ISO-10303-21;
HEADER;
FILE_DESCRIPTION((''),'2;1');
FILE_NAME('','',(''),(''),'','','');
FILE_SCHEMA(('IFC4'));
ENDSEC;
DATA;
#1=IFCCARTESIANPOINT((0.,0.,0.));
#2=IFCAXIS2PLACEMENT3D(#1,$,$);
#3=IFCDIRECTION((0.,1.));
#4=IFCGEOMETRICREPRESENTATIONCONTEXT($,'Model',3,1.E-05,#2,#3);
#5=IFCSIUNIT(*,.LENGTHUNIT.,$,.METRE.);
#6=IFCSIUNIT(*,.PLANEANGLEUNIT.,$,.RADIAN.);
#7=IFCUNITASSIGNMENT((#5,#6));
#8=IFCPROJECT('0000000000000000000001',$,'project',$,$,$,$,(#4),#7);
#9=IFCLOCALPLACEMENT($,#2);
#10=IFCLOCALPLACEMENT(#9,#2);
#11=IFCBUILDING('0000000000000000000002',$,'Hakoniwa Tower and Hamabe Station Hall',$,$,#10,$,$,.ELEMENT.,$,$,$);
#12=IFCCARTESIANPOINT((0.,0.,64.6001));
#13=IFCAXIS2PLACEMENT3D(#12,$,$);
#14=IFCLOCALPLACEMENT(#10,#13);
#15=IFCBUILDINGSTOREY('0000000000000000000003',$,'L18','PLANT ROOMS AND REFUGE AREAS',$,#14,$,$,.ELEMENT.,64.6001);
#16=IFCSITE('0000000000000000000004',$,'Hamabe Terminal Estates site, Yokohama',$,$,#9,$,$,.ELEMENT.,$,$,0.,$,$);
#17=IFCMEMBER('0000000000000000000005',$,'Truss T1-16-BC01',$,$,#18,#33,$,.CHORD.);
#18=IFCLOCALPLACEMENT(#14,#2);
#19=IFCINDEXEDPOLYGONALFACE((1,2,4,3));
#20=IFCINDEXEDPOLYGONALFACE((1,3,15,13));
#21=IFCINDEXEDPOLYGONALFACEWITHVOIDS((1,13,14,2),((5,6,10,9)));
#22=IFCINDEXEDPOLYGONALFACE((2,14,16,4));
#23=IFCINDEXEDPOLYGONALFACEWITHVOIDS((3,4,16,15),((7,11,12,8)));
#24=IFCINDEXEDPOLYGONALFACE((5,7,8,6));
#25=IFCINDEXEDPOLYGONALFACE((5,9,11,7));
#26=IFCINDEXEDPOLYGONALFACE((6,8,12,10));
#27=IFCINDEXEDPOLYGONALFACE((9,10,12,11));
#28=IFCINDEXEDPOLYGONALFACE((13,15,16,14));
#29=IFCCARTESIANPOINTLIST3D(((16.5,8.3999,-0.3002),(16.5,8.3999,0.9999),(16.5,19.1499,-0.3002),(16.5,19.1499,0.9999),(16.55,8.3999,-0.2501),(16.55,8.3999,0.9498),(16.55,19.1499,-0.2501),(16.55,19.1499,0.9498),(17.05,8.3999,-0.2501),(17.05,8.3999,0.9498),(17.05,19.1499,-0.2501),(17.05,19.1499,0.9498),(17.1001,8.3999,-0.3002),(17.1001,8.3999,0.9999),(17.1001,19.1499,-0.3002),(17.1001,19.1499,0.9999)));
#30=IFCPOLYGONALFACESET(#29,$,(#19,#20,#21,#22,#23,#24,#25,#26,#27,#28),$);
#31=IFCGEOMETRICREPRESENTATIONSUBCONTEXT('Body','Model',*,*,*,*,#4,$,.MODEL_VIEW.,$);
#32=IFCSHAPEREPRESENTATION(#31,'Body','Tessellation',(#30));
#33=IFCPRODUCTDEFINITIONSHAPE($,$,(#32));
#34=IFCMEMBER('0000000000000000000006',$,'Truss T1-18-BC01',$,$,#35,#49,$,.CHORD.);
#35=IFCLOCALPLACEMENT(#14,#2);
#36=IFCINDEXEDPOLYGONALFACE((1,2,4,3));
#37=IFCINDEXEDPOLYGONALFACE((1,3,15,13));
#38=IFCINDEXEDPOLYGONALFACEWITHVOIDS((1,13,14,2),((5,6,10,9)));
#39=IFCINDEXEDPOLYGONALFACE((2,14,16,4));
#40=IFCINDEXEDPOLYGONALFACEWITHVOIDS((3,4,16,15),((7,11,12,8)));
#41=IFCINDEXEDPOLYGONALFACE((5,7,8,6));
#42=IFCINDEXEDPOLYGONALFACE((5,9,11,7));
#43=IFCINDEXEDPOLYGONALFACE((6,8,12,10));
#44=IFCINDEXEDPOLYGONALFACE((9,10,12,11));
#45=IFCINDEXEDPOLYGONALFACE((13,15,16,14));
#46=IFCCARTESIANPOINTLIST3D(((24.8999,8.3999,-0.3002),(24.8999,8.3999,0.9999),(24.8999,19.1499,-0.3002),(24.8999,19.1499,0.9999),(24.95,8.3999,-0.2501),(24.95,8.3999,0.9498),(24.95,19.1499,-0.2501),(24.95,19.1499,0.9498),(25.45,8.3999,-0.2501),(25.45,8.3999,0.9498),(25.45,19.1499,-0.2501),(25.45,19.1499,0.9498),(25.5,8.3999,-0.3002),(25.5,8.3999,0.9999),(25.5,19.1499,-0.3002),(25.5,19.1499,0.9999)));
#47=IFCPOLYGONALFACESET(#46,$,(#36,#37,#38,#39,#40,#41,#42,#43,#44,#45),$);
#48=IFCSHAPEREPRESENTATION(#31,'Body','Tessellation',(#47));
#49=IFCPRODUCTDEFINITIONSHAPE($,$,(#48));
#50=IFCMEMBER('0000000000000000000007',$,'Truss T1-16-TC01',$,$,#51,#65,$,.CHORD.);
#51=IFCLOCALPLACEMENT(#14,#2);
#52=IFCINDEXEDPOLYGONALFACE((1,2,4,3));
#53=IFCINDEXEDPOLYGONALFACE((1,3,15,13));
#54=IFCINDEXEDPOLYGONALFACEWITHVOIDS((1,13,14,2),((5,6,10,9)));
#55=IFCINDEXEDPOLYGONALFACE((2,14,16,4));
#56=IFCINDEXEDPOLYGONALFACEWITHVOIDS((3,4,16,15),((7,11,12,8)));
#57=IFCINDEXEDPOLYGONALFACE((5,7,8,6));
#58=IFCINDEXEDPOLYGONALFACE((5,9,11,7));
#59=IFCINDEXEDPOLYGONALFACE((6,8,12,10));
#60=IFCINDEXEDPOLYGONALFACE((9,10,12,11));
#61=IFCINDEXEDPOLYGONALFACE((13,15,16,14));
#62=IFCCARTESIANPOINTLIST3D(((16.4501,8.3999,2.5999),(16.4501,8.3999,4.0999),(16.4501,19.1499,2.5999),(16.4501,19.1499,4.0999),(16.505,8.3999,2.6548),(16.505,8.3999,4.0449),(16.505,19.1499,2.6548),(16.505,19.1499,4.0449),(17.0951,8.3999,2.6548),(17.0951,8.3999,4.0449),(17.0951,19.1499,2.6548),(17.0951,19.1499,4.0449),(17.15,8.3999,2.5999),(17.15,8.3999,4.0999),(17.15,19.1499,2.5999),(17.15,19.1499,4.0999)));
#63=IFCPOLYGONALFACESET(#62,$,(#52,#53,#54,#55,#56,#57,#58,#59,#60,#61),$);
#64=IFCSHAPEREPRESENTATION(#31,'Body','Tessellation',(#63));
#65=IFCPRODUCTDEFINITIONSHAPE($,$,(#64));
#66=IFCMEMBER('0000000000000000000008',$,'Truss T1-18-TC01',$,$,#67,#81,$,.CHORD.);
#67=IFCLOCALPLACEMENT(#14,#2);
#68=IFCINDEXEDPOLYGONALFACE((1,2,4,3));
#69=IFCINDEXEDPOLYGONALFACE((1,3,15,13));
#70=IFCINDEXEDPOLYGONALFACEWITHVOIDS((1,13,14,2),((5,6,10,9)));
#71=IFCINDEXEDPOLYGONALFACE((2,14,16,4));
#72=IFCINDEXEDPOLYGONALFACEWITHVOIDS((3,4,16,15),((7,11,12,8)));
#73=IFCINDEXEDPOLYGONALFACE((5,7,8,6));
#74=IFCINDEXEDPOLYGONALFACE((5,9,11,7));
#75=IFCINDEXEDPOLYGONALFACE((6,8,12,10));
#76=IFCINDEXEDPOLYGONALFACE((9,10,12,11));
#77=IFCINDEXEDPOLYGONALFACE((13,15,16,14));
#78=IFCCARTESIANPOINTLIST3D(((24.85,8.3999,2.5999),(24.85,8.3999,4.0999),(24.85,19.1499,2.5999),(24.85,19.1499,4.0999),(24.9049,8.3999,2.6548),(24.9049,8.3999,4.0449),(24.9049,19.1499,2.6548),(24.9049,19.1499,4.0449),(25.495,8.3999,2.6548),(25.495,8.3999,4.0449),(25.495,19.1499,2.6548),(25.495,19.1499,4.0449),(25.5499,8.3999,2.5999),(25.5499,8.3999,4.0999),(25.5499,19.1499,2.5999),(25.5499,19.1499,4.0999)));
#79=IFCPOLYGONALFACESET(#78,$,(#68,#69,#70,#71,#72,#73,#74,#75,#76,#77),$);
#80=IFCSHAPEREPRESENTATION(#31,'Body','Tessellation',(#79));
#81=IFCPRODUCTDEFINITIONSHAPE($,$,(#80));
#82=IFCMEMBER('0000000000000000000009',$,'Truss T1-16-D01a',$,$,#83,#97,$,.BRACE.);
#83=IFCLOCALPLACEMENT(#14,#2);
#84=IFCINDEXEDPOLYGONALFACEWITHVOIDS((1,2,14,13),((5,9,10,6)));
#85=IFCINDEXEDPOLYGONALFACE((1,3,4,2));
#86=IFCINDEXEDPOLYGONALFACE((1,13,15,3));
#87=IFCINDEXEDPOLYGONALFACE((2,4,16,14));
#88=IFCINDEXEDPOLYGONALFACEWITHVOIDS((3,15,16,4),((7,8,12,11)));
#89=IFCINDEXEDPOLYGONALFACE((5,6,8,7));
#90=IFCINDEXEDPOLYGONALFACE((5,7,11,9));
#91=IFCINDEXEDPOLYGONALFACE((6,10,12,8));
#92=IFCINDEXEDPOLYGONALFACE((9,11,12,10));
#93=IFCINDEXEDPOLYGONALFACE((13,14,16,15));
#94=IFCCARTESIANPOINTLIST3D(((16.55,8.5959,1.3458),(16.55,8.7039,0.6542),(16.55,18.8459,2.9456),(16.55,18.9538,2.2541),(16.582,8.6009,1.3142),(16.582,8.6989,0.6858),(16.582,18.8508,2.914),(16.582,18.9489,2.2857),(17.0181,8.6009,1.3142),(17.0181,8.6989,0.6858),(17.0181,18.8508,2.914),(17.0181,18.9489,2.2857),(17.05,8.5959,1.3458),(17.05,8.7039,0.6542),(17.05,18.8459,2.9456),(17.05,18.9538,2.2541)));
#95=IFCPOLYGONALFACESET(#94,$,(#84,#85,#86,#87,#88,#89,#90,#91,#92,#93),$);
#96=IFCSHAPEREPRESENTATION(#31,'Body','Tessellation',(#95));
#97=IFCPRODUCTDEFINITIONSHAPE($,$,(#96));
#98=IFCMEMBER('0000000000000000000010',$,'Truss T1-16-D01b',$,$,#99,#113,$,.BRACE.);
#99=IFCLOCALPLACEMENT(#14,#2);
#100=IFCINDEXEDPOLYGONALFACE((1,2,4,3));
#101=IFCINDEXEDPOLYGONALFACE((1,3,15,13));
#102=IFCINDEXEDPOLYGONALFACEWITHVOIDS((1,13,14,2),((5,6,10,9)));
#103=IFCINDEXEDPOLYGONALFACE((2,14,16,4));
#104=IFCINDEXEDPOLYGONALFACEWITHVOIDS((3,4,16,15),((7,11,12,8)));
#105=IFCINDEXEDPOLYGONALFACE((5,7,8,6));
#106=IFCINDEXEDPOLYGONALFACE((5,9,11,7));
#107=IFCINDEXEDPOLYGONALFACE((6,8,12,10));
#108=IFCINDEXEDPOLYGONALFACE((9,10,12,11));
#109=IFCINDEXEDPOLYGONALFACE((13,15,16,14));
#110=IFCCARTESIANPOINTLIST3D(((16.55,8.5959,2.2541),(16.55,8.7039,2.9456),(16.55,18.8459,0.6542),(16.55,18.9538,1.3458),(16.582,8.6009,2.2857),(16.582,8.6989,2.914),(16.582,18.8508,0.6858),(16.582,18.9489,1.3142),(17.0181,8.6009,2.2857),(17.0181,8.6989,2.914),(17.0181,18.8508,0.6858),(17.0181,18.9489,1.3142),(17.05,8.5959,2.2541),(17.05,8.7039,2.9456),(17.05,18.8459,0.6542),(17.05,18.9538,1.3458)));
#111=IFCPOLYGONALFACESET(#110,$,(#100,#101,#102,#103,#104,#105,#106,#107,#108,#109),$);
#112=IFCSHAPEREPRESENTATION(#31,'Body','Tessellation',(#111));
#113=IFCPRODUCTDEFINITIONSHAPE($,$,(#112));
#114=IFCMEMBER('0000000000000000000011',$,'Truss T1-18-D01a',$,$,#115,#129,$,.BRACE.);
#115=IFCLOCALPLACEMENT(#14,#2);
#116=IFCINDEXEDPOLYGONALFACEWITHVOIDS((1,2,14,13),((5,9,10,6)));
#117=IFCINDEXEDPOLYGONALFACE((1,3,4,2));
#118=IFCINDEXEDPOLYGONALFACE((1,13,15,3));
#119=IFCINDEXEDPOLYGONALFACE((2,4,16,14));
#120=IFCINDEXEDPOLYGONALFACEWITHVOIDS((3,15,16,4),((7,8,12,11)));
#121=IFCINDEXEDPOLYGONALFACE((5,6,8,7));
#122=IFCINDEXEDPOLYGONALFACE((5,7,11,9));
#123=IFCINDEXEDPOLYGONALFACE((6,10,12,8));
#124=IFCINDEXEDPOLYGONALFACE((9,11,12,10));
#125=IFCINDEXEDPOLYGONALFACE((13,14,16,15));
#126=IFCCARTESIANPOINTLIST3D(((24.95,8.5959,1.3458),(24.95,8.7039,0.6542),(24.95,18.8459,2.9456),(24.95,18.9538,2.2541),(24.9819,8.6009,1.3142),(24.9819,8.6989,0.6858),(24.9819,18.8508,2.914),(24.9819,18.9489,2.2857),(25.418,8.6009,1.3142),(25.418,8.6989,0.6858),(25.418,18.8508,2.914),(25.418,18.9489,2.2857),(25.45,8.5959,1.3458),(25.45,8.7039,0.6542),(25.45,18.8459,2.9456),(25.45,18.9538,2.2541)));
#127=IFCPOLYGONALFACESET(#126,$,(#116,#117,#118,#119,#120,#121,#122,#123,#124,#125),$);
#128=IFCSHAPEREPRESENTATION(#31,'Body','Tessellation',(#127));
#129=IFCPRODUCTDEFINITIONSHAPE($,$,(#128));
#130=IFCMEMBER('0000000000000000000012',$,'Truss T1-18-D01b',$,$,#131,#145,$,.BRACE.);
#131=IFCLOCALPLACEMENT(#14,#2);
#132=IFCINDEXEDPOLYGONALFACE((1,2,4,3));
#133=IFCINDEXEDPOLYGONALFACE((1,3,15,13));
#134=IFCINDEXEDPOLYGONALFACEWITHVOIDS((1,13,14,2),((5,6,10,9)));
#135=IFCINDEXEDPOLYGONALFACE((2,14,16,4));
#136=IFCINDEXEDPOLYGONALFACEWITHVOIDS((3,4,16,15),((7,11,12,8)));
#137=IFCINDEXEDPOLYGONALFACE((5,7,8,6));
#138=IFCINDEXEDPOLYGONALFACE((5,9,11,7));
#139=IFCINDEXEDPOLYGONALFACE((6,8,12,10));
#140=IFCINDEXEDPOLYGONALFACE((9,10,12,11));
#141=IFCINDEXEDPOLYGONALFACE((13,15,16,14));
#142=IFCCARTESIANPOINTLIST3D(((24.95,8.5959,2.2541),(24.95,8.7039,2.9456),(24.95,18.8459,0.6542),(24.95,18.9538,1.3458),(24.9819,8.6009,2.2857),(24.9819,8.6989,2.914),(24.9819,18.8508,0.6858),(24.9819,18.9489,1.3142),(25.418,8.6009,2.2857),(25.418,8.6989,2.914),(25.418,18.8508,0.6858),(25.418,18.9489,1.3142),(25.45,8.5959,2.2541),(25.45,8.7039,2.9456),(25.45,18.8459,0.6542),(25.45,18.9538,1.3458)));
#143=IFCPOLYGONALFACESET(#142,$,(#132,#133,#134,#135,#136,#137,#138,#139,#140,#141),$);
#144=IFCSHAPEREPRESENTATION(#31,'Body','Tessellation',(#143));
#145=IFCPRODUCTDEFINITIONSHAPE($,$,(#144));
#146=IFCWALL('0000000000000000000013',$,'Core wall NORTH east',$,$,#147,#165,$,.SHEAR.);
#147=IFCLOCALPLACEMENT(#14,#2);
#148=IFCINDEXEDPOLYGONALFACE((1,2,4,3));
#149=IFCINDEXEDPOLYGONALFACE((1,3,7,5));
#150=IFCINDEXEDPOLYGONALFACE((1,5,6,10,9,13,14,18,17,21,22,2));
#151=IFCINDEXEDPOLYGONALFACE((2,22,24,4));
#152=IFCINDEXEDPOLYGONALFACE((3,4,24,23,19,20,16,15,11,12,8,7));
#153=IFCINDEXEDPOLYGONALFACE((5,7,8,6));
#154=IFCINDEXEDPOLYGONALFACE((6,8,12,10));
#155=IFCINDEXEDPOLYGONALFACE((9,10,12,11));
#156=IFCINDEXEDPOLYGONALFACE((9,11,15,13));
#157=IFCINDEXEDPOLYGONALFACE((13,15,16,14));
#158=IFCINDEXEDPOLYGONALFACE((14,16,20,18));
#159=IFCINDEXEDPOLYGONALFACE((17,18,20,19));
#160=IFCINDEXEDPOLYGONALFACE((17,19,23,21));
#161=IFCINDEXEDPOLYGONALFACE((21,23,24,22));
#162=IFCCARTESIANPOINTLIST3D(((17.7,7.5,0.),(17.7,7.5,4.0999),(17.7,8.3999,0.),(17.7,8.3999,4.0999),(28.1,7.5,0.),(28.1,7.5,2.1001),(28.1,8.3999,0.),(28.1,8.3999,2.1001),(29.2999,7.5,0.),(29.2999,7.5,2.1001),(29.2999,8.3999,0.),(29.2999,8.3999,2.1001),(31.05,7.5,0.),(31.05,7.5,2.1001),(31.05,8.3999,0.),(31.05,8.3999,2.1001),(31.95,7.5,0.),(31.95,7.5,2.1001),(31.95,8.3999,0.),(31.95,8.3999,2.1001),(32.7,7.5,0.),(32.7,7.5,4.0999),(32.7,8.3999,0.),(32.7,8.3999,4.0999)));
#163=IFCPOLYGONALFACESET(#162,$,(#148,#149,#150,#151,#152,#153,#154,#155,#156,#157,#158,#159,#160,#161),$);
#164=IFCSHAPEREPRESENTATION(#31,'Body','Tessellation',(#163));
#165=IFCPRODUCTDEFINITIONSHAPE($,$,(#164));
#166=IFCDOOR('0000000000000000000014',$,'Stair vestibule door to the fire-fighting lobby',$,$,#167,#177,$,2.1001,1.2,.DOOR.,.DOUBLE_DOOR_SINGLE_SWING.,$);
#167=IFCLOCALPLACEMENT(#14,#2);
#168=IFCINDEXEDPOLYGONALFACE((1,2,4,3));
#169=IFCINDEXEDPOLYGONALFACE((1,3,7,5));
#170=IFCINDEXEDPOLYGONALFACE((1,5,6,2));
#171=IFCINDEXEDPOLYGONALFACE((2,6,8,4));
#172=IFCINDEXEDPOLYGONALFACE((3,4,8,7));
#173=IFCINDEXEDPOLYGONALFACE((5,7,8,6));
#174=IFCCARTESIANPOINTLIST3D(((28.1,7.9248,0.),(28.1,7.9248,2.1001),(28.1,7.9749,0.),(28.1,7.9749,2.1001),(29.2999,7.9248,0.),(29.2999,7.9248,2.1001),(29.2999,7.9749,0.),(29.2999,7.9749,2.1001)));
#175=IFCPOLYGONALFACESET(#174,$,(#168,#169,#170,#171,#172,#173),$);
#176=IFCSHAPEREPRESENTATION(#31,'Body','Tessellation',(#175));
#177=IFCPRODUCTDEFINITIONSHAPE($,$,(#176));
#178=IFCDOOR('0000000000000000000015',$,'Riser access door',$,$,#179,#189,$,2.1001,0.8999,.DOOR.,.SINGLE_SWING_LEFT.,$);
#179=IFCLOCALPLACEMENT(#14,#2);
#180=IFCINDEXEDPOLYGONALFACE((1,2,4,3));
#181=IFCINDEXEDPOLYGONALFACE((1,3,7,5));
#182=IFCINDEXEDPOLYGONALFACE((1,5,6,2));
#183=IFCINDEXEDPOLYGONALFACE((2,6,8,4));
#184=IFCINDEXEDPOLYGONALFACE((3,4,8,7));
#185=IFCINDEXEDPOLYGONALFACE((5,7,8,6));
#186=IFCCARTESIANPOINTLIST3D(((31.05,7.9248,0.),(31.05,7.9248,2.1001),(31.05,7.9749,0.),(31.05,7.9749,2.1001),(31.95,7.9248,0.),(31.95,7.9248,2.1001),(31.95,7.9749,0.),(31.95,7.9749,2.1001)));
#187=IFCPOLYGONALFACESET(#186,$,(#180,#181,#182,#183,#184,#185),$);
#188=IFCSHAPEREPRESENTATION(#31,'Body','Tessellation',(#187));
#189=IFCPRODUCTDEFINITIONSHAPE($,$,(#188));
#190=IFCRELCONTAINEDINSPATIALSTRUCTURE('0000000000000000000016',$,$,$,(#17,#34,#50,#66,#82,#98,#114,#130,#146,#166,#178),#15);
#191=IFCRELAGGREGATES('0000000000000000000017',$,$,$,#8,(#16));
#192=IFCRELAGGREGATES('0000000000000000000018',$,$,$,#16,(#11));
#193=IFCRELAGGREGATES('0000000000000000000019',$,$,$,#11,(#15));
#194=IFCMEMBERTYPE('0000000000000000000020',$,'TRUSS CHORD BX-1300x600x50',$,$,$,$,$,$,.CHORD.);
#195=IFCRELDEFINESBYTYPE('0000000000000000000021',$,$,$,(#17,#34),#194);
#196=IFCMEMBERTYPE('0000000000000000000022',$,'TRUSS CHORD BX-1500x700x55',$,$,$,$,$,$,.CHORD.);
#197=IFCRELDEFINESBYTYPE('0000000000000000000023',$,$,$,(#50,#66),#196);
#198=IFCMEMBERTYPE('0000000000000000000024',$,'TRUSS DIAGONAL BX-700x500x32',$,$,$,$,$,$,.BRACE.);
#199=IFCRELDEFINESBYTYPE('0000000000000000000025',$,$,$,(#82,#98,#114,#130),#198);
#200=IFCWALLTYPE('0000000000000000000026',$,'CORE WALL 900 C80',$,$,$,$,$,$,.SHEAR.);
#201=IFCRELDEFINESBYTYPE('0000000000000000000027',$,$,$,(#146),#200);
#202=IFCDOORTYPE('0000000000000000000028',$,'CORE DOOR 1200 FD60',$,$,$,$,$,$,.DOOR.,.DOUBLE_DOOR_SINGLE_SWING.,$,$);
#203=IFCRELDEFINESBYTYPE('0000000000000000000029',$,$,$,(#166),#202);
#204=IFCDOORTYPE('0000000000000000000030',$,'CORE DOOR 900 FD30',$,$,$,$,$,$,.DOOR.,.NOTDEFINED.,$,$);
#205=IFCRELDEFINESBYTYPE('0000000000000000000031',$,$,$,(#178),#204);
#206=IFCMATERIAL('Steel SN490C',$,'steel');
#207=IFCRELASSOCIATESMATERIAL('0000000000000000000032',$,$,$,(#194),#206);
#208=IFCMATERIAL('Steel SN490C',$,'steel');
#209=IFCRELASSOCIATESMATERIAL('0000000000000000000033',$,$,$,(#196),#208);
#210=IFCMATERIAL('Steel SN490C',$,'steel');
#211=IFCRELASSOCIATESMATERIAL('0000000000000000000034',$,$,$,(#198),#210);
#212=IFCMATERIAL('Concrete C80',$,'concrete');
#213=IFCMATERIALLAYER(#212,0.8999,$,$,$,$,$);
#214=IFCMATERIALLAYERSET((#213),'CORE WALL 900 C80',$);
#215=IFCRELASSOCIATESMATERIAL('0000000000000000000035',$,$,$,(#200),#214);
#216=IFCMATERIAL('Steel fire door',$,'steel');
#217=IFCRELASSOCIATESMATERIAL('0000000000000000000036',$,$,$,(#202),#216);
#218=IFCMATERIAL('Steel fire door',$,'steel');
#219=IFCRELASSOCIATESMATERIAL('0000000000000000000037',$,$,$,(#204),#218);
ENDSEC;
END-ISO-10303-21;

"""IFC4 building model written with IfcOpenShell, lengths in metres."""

from ifc_helpers import new_model, si_unit, direction, frame, frame_2d, origin, origin_2d, place, context, subcontext, project, spatial, rectangle, hollow_rectangle, extrude, material, layer, layer_set, material_profile, profile_set, type_object, element, fill, save


model = new_model("IFC4")

# Units and contexts
model_context = context("Model", 3, precision=1e-05, world=origin(), true_north=direction((0.0, 1.0)))
body_context = subcontext(model_context, "Body", "Model", "MODEL_VIEW")
ifc_project = project(units=[si_unit("LENGTHUNIT", "METRE"), si_unit("PLANEANGLEUNIT", "RADIAN")], contexts=[model_context])

# Site, building, storey
site_placement = place(None, origin())
site = spatial("IfcSite", under=ifc_project, at=site_placement, Name="Hamabe Terminal Estates site, Yokohama", CompositionType="ELEMENT", RefElevation=0.0)
building_placement = place(site_placement, origin())
building = spatial("IfcBuilding", under=site, at=building_placement, Name="Hakoniwa Tower and Hamabe Station Hall", CompositionType="ELEMENT")
storey_placement = place(building_placement, frame((0.0, 0.0, 64.6001)))
storey = spatial("IfcBuildingStorey", under=building, at=storey_placement, Name="L18", Description="PLANT ROOMS AND REFUGE AREAS", CompositionType="ELEMENT", Elevation=64.6001)

# Members
ifc_material_1 = material(Name="Steel SN490C", Category="steel")
ifc_material_profile_1 = material_profile(ifc_material_1, hollow_rectangle(XDim=0.6001, YDim=1.3, WallThickness=0.05, at=origin_2d()), Name="BX-1300x600x50")
ifc_profile_set_1 = profile_set([ifc_material_profile_1], Name="Steel SN490C")
member_type_1 = type_object("IfcMemberType", Name="TRUSS CHORD BX-1300x600x50", PredefinedType="CHORD", material=ifc_profile_set_1)
for number, where, z_axis, x_axis, name in (
    (1, (16.8, 8.3999, 0.3499), (0.0, 1.0, 0.0), (-1.0, 0.0, 0.0), "Truss T1-16-BC01"),
    (2, (25.2, 8.3999, 0.3499), (0.0, 1.0, 0.0), (-1.0, 0.0, 0.0), "Truss T1-18-BC01"),
):
    element("IfcMember", number, at=place(storey_placement, frame(where, z_axis=z_axis, x_axis=x_axis)), inside=storey, type_object=member_type_1, Name=name, PredefinedType="CHORD", context=body_context, shape_type="SweptSolid", body=[
        extrude(hollow_rectangle(XDim=0.6001, YDim=1.3, WallThickness=0.05, at=origin_2d()), origin(), (0.0, 0.0, 1.0), 10.75),
    ])
ifc_material_2 = material(Name="Steel SN490C", Category="steel")
ifc_material_profile_2 = material_profile(ifc_material_2, hollow_rectangle(XDim=0.7, YDim=1.5, WallThickness=0.0549, at=origin_2d()), Name="BX-1500x700x55")
ifc_profile_set_2 = profile_set([ifc_material_profile_2], Name="Steel SN490C")
member_type_2 = type_object("IfcMemberType", Name="TRUSS CHORD BX-1500x700x55", PredefinedType="CHORD", material=ifc_profile_set_2)
for number, where, z_axis, x_axis, name in (
    (3, (16.8, 8.3999, 3.3499), (0.0, 1.0, 0.0), (-1.0, 0.0, 0.0), "Truss T1-16-TC01"),
    (4, (25.2, 8.3999, 3.3499), (0.0, 1.0, 0.0), (-1.0, 0.0, 0.0), "Truss T1-18-TC01"),
):
    element("IfcMember", number, at=place(storey_placement, frame(where, z_axis=z_axis, x_axis=x_axis)), inside=storey, type_object=member_type_2, Name=name, PredefinedType="CHORD", context=body_context, shape_type="SweptSolid", body=[
        extrude(hollow_rectangle(XDim=0.7, YDim=1.5, WallThickness=0.0549, at=origin_2d()), origin(), (0.0, 0.0, 1.0), 10.75),
    ])
ifc_material_3 = material(Name="Steel SN490C", Category="steel")
ifc_material_profile_3 = material_profile(ifc_material_3, hollow_rectangle(XDim=0.5, YDim=0.7, WallThickness=0.032, at=origin_2d()), Name="BX-700x500x32")
ifc_profile_set_3 = profile_set([ifc_material_profile_3], Name="Steel SN490C")
member_type_3 = type_object("IfcMemberType", Name="TRUSS DIAGONAL BX-700x500x32", PredefinedType="BRACE", material=ifc_profile_set_3)
for number, where, z_axis, x_axis, name in (
    (5, (16.8, 8.6499, 1.0), (0.0, 0.988037, 0.154216), (-1.0, 0.0, 0.0), "Truss T1-16-D01a"),
    (6, (16.8, 8.6499, 2.5999), (0.0, 0.988037, -0.154216), (-1.0, 0.0, 0.0), "Truss T1-16-D01b"),
    (7, (25.2, 8.6499, 1.0), (0.0, 0.988037, 0.154216), (-1.0, 0.0, 0.0), "Truss T1-18-D01a"),
    (8, (25.2, 8.6499, 2.5999), (0.0, 0.988037, -0.154216), (-1.0, 0.0, 0.0), "Truss T1-18-D01b"),
):
    element("IfcMember", number, at=place(storey_placement, frame(where, z_axis=z_axis, x_axis=x_axis)), inside=storey, type_object=member_type_3, Name=name, PredefinedType="BRACE", context=body_context, shape_type="SweptSolid", body=[
        extrude(hollow_rectangle(XDim=0.5, YDim=0.7, WallThickness=0.032, at=origin_2d()), origin(), (0.0, 0.0, 1.0), 10.374),
    ])

# Wall, openings, doors
ifc_material_4 = material(Name="Concrete C80", Category="concrete")
ifc_layer_1 = layer(ifc_material_4, 0.8999)
ifc_layer_set_1 = layer_set([ifc_layer_1], Name="CORE WALL 900 C80")
wall_type_1 = type_object("IfcWallType", Name="CORE WALL 900 C80", PredefinedType="SHEAR", material=ifc_layer_set_1)
wall_1_placement = place(storey_placement, frame((17.7, 7.95, 0.0), z_axis=(0.0, 0.0, 1.0), x_axis=(1.0, 0.0, 0.0)))
wall_1 = element("IfcWall", 9, at=wall_1_placement, inside=storey, type_object=wall_type_1, Name="Core wall NORTH east", PredefinedType="SHEAR", context=body_context, shape_type="SweptSolid", body=[
    extrude(rectangle(XDim=15.0, YDim=0.8999, at=frame_2d((7.5, 0.0))), origin(), (0.0, 0.0, 1.0), 4.0999),
])
opening_1_placement = place(wall_1_placement, frame((10.3999, 0.0, 0.0)))
opening_1 = element("IfcOpeningElement", 10, at=opening_1_placement, cuts=wall_1, PredefinedType="OPENING", context=body_context, shape_type="SweptSolid", body=[
    extrude(rectangle(XDim=1.2, YDim=2.1001, at=frame_2d((0.6001, 1.05))), frame((0.0, 0.46, 0.0), z_axis=(0.0, -1.0, 0.0), x_axis=(1.0, 0.0, 0.0)), (0.0, 0.0, 1.0), 0.9199),
])
opening_2_placement = place(wall_1_placement, frame((13.3501, 0.0, 0.0)))
opening_2 = element("IfcOpeningElement", 11, at=opening_2_placement, cuts=wall_1, PredefinedType="OPENING", context=body_context, shape_type="SweptSolid", body=[
    extrude(rectangle(XDim=0.8999, YDim=2.1001, at=frame_2d((0.45, 1.05))), frame((0.0, 0.46, 0.0), z_axis=(0.0, -1.0, 0.0), x_axis=(1.0, 0.0, 0.0)), (0.0, 0.0, 1.0), 0.9199),
])
ifc_material_5 = material(Name="Steel fire door", Category="steel")
door_type_1 = type_object("IfcDoorType", Name="CORE DOOR 1200 FD60", OperationType="DOUBLE_DOOR_SINGLE_SWING", PredefinedType="DOOR", material=ifc_material_5)
door_1_placement = place(opening_1_placement, origin())
door_1 = element("IfcDoor", 12, at=door_1_placement, inside=storey, type_object=door_type_1, Name="Stair vestibule door to the fire-fighting lobby", OperationType="DOUBLE_DOOR_SINGLE_SWING", OverallHeight=2.1001, OverallWidth=1.2, PredefinedType="DOOR", context=body_context, shape_type="SweptSolid", body=[
    extrude(rectangle(XDim=1.2, YDim=2.1001, at=frame_2d((0.6001, 1.05))), frame((0.0, 0.0249, 0.0), z_axis=(0.0, -1.0, 0.0), x_axis=(1.0, 0.0, 0.0)), (0.0, 0.0, 1.0), 0.05),
])
fill(opening_1, door_1)
ifc_material_6 = material(Name="Steel fire door", Category="steel")
door_type_2 = type_object("IfcDoorType", Name="CORE DOOR 900 FD30", OperationType="NOTDEFINED", PredefinedType="DOOR", material=ifc_material_6)
door_2_placement = place(opening_2_placement, origin())
door_2 = element("IfcDoor", 13, at=door_2_placement, inside=storey, type_object=door_type_2, Name="Riser access door", OperationType="SINGLE_SWING_LEFT", OverallHeight=2.1001, OverallWidth=0.8999, PredefinedType="DOOR", context=body_context, shape_type="SweptSolid", body=[
    extrude(rectangle(XDim=0.8999, YDim=2.1001, at=frame_2d((0.45, 1.05))), frame((0.0, 0.0249, 0.0), z_axis=(0.0, -1.0, 0.0), x_axis=(1.0, 0.0, 0.0)), (0.0, 0.0, 1.0), 0.05),
])
fill(opening_2, door_2)

save(model, "model.ifc")
